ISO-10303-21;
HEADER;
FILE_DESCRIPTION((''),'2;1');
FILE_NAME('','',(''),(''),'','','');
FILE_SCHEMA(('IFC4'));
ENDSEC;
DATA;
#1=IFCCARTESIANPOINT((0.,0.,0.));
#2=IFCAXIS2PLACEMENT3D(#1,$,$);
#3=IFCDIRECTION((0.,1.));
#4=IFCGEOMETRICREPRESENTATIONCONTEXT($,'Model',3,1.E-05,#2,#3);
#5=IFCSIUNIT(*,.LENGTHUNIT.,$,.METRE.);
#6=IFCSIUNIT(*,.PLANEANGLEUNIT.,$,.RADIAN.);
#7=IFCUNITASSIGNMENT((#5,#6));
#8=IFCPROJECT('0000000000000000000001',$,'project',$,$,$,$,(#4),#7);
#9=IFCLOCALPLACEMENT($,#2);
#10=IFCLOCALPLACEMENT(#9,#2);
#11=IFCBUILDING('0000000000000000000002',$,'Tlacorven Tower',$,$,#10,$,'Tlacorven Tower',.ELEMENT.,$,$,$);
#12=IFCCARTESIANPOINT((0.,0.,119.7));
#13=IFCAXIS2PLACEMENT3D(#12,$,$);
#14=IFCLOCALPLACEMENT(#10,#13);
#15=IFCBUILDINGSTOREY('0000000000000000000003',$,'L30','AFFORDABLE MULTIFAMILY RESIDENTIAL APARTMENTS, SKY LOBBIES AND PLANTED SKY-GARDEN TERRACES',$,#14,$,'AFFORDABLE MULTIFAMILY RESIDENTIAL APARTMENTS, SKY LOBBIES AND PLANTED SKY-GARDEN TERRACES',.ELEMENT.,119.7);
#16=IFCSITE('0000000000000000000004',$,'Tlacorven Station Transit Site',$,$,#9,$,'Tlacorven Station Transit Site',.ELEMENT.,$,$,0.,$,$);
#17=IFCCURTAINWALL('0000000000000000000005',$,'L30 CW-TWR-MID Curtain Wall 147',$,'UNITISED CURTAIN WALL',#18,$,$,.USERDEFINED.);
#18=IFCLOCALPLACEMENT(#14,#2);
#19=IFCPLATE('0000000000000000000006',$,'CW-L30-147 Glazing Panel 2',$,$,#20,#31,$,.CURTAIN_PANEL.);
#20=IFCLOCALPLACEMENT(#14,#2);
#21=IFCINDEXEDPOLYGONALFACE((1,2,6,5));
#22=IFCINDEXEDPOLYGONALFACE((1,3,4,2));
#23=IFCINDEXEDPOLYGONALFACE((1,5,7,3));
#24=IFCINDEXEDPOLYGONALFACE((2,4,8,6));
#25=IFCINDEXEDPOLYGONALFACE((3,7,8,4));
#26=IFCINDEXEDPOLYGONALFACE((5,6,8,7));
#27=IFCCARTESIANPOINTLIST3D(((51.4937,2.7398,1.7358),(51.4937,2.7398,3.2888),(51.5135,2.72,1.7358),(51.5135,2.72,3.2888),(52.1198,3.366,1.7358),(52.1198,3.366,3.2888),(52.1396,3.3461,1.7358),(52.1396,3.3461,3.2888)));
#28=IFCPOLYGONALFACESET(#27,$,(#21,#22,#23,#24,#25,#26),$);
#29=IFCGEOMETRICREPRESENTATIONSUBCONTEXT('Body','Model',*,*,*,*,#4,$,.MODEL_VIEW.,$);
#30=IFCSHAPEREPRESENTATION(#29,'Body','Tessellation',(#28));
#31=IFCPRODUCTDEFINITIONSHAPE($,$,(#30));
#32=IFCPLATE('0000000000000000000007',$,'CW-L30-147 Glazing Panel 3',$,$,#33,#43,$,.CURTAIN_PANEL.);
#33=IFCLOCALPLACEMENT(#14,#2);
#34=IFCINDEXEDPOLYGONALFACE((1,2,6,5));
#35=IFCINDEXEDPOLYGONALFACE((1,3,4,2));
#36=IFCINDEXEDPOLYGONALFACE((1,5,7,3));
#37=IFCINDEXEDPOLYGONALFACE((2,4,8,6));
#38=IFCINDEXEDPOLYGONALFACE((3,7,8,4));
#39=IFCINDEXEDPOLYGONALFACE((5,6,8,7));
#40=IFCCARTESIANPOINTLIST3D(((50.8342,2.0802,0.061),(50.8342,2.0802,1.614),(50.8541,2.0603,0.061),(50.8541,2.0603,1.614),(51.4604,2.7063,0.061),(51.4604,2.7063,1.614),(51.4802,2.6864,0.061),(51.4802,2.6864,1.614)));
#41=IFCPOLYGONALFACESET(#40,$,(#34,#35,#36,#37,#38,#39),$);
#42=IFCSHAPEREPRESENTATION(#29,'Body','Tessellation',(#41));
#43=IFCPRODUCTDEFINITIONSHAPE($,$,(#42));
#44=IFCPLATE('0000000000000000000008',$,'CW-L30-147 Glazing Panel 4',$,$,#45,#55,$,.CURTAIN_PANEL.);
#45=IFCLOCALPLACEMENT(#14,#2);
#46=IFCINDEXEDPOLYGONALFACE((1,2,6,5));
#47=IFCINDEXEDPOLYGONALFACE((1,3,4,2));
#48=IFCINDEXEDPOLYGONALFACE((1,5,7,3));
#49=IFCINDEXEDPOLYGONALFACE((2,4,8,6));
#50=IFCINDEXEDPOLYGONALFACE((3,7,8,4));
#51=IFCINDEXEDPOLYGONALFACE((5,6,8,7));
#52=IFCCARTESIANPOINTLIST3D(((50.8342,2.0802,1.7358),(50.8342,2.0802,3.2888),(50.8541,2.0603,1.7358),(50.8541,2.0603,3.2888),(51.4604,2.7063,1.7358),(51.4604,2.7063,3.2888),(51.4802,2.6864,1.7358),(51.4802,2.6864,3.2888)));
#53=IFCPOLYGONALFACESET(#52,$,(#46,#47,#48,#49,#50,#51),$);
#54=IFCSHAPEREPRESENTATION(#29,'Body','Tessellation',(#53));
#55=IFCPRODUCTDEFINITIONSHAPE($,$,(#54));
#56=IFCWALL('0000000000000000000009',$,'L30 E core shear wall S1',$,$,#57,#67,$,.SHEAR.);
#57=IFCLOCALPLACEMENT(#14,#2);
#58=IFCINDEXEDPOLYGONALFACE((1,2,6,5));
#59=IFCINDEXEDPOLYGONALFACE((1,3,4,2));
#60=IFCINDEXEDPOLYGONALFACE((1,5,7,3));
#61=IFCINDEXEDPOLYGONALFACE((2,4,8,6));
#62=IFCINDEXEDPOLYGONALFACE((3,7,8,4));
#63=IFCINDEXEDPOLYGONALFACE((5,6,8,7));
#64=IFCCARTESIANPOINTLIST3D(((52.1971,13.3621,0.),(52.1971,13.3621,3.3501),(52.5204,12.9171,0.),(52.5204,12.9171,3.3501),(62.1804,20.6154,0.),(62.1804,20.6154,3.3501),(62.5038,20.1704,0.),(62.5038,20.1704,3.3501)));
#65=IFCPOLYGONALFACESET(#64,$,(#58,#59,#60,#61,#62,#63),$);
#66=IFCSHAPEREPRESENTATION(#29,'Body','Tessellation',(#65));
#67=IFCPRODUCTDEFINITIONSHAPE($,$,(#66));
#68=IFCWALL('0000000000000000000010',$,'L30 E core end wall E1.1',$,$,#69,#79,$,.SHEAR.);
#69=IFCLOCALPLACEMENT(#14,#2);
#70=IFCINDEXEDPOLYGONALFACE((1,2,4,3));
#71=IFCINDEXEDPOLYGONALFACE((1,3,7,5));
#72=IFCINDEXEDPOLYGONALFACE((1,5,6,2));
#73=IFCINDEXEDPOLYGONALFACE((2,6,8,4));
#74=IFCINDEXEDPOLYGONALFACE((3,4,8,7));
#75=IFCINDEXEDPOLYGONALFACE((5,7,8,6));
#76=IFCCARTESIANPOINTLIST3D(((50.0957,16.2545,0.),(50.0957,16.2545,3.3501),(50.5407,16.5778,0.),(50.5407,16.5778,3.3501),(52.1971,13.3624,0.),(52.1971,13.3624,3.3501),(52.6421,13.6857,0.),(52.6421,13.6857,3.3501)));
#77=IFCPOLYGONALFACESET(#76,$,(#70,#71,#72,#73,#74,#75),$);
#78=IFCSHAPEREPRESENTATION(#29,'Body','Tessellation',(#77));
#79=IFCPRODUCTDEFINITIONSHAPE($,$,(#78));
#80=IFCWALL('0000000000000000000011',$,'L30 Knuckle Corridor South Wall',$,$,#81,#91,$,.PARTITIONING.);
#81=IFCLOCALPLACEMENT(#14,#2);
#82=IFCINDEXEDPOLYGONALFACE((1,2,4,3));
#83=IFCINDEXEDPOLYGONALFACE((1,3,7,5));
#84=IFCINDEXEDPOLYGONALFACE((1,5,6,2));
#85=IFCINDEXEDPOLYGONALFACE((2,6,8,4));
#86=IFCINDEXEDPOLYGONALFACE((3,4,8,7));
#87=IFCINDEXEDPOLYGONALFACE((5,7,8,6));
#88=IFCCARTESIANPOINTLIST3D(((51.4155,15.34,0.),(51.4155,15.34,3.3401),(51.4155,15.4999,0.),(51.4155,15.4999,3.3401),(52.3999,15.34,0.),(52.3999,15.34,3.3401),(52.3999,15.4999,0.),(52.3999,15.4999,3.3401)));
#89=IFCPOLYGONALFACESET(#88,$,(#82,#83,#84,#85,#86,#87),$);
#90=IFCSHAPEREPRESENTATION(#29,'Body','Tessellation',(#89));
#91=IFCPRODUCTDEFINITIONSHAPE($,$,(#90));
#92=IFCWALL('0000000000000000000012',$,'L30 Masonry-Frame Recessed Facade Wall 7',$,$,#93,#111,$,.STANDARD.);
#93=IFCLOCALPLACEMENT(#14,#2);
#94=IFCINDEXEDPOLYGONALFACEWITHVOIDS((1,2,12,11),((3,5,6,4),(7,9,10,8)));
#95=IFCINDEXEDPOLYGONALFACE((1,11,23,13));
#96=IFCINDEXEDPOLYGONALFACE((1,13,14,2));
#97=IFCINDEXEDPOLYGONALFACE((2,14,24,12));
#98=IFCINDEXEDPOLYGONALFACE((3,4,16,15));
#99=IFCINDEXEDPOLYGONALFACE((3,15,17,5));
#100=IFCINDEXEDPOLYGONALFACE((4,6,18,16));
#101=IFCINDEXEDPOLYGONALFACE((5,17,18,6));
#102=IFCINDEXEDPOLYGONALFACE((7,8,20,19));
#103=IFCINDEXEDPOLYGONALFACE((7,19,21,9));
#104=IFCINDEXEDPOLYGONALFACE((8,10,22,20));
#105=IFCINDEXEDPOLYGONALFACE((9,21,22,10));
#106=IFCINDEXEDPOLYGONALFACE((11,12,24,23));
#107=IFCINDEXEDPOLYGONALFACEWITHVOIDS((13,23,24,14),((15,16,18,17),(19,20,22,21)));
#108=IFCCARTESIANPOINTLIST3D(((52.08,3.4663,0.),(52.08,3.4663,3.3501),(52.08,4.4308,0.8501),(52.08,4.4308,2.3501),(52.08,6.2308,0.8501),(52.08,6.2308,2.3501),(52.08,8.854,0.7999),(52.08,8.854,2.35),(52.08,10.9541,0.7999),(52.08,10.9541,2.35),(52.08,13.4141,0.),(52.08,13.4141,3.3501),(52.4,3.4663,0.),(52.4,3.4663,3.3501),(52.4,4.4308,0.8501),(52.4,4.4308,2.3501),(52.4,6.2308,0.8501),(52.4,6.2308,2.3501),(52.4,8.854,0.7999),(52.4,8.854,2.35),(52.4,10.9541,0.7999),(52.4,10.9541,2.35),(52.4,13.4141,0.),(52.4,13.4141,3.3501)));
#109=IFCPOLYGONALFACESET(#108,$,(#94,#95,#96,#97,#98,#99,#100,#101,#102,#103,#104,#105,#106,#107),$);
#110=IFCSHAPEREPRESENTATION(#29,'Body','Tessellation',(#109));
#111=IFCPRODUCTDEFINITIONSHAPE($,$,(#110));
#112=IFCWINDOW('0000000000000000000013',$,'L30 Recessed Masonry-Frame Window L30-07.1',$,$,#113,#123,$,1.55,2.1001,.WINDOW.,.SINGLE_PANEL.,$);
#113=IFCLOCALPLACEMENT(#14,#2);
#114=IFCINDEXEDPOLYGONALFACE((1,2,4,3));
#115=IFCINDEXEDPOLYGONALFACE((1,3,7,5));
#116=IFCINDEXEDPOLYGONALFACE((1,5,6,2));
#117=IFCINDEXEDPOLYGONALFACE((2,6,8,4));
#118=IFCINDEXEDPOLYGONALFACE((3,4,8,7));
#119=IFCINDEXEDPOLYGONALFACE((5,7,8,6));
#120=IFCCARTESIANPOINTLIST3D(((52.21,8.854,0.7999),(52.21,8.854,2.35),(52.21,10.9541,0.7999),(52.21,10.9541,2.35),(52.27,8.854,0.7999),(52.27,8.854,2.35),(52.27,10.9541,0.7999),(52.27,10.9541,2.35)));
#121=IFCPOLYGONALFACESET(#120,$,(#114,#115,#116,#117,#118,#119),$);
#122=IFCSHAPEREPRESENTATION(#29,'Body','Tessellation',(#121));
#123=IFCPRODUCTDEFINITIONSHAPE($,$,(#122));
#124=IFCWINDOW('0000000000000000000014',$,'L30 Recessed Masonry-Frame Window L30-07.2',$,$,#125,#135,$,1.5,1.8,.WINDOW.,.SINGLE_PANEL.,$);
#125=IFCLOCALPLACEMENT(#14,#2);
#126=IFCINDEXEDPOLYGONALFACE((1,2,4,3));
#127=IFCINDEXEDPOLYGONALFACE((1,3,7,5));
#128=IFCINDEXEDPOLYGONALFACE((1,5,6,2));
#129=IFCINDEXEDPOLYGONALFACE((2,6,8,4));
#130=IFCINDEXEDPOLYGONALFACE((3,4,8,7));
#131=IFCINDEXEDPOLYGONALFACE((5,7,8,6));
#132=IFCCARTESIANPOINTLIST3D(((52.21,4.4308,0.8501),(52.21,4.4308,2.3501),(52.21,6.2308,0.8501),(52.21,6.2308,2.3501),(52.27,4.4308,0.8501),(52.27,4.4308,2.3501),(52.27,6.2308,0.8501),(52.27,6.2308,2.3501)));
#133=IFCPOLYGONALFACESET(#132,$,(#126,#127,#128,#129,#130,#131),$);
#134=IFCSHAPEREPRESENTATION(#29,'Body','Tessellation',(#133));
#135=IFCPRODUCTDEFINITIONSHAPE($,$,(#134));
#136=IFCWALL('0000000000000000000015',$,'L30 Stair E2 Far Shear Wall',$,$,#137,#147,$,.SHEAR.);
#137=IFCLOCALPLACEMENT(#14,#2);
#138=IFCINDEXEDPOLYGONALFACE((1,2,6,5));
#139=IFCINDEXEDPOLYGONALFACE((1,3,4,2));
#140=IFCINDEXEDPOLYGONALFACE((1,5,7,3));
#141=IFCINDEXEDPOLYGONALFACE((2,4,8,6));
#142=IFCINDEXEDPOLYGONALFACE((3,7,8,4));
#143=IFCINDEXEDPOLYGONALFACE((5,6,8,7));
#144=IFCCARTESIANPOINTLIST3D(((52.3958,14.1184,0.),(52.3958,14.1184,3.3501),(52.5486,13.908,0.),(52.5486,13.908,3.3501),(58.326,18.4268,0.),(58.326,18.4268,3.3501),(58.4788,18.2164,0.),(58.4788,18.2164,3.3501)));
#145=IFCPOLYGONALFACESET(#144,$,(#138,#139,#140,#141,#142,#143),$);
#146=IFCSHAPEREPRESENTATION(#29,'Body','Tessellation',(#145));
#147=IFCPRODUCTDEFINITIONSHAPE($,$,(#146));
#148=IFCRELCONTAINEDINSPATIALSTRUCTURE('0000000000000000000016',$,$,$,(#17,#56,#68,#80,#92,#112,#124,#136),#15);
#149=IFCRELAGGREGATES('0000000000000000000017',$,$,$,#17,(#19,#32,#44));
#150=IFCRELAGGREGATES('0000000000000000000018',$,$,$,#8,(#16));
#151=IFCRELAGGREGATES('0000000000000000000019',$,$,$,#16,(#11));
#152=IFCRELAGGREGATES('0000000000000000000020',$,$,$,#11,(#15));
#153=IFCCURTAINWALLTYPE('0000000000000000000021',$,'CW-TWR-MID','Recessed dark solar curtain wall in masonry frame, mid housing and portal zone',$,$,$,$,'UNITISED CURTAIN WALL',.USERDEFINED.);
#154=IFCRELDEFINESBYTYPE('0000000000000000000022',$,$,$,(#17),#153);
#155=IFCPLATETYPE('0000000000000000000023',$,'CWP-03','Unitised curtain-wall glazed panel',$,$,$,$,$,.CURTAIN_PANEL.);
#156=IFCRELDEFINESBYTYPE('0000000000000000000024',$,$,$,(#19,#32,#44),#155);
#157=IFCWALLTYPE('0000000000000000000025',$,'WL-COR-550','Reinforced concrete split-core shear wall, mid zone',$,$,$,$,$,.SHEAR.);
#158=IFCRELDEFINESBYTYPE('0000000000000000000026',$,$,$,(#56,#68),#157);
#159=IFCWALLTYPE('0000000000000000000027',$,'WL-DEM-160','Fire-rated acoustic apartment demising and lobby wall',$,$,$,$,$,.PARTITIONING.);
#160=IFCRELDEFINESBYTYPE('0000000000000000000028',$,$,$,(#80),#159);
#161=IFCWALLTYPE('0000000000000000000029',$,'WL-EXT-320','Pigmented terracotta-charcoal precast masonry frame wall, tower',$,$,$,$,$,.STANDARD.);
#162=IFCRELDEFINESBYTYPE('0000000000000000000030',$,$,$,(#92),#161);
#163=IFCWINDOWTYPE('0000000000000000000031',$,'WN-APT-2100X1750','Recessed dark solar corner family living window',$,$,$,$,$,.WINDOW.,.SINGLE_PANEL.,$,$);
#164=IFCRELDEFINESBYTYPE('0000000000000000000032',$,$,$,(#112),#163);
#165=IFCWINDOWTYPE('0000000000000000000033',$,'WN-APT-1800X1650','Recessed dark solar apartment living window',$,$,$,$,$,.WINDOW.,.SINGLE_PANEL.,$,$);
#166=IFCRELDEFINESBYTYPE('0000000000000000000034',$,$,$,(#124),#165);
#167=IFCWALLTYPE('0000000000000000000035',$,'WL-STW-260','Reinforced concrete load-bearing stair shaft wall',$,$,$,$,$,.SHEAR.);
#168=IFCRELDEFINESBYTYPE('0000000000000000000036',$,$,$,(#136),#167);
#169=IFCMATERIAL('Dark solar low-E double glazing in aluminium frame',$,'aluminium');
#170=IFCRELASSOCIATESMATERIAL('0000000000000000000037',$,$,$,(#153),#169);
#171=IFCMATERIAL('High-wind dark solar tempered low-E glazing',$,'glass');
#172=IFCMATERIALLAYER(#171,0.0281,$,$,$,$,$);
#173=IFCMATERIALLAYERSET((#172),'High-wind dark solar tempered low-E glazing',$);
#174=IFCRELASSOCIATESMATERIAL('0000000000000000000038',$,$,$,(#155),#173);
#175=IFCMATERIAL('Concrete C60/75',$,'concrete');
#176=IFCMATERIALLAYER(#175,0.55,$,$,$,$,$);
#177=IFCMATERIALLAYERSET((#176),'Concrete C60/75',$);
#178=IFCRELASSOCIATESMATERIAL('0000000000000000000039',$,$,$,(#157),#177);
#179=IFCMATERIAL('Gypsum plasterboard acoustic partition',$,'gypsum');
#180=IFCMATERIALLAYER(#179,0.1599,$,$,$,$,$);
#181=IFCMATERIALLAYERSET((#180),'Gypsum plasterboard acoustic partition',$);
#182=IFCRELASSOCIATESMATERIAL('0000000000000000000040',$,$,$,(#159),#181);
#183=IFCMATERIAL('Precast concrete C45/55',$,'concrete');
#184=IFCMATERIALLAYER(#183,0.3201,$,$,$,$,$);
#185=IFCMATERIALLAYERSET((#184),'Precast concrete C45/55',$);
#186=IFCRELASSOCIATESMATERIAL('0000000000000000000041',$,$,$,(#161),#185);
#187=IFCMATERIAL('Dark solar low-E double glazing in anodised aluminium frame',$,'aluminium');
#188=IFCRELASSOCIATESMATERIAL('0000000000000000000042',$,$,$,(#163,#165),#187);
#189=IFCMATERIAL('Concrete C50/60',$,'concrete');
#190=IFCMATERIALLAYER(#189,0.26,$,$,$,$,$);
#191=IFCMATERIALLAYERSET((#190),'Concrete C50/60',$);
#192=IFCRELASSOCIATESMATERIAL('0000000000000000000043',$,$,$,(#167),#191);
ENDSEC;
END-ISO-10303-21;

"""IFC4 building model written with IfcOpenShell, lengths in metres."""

from ifc_helpers import new_model, si_unit, direction, frame, frame_2d, origin, origin_2d, place, context, subcontext, project, spatial, rectangle, extrude, source, transform, mapped, material, layer, layer_set, type_object, element, fill, aggregate, save


model = new_model("IFC4")

# Units and contexts
model_context = context("Model", 3, precision=1e-05, world=origin(), true_north=direction((0.0, 1.0)))
body_context = subcontext(model_context, "Body", "Model", "MODEL_VIEW")
ifc_project = project(units=[si_unit("LENGTHUNIT", "METRE"), si_unit("PLANEANGLEUNIT", "RADIAN")], contexts=[model_context])

# Site, building, storey
site_placement = place(None, origin())
site = spatial("IfcSite", under=ifc_project, at=site_placement, Name="Tlacorven Station Transit Site", LongName="Tlacorven Station Transit Site", CompositionType="ELEMENT", RefElevation=0.0)
building_placement = place(site_placement, origin())
building = spatial("IfcBuilding", under=site, at=building_placement, Name="Tlacorven Tower", LongName="Tlacorven Tower", CompositionType="ELEMENT")
storey_placement = place(building_placement, frame((0.0, 0.0, 119.7)))
storey = spatial("IfcBuildingStorey", under=building, at=storey_placement, Name="L30", Description="AFFORDABLE MULTIFAMILY RESIDENTIAL APARTMENTS, SKY LOBBIES AND PLANTED SKY-GARDEN TERRACES", LongName="AFFORDABLE MULTIFAMILY RESIDENTIAL APARTMENTS, SKY LOBBIES AND PLANTED SKY-GARDEN TERRACES", CompositionType="ELEMENT", Elevation=119.7)

# Curtain wall, plates
ifc_material_1 = material(Name="Dark solar low-E double glazing in aluminium frame", Category="aluminium")
curtain_wall_type = type_object("IfcCurtainWallType", Name="CW-TWR-MID", Description="Recessed dark solar curtain wall in masonry frame, mid housing and portal zone", ElementType="UNITISED CURTAIN WALL", PredefinedType="USERDEFINED", material=ifc_material_1)
curtain_wall_placement = place(storey_placement, origin())
curtain_wall = element("IfcCurtainWall", 1, at=curtain_wall_placement, inside=storey, type_object=curtain_wall_type, Name="L30 CW-TWR-MID Curtain Wall 147", ObjectType="UNITISED CURTAIN WALL", PredefinedType="USERDEFINED")
ifc_material_2 = material(Name="High-wind dark solar tempered low-E glazing", Category="glass")
ifc_layer_1 = layer(ifc_material_2, 0.0281)
ifc_layer_set_1 = layer_set([ifc_layer_1], Name="High-wind dark solar tempered low-E glazing")
plate_type = type_object("IfcPlateType", Name="CWP-03", Description="Unitised curtain-wall glazed panel", PredefinedType="CURTAIN_PANEL", material=ifc_layer_set_1)
shared_shape_1 = source(origin(), body_context, "Body", "SweptSolid", [
    extrude(rectangle(XDim=0.8855, YDim=0.0281, at=origin_2d()), origin(), (0.0, 0.0, 1.0), 1.553),
])
plate_1_placement = place(storey_placement, frame((51.8167, 3.043, 1.7358), z_axis=(0.0, 0.0, 1.0), x_axis=(-0.707107, -0.707107, 0.0)))
plate_1 = element("IfcPlate", 2, at=plate_1_placement, type_object=plate_type, Name="CW-L30-147 Glazing Panel 2", PredefinedType="CURTAIN_PANEL", context=body_context, shape_type="MappedRepresentation", body=[
    mapped(shared_shape_1, transform((0.0, 0.0, 0.0), scale=1.0)),
])
plate_2_placement = place(storey_placement, frame((51.1572, 2.3833, 0.061), z_axis=(0.0, 0.0, 1.0), x_axis=(-0.707107, -0.707107, 0.0)))
plate_2 = element("IfcPlate", 3, at=plate_2_placement, type_object=plate_type, Name="CW-L30-147 Glazing Panel 3", PredefinedType="CURTAIN_PANEL", context=body_context, shape_type="MappedRepresentation", body=[
    mapped(shared_shape_1, transform((0.0, 0.0, 0.0), scale=1.0)),
])
plate_3_placement = place(storey_placement, frame((51.1572, 2.3833, 1.7358), z_axis=(0.0, 0.0, 1.0), x_axis=(-0.707107, -0.707107, 0.0)))
plate_3 = element("IfcPlate", 4, at=plate_3_placement, type_object=plate_type, Name="CW-L30-147 Glazing Panel 4", PredefinedType="CURTAIN_PANEL", context=body_context, shape_type="MappedRepresentation", body=[
    mapped(shared_shape_1, transform((0.0, 0.0, 0.0), scale=1.0)),
])
aggregate(curtain_wall, [plate_1, plate_2, plate_3])

# Walls
ifc_material_3 = material(Name="Concrete C60/75", Category="concrete")
ifc_layer_2 = layer(ifc_material_3, 0.55)
ifc_layer_set_2 = layer_set([ifc_layer_2], Name="Concrete C60/75")
wall_type_1 = type_object("IfcWallType", Name="WL-COR-550", Description="Reinforced concrete split-core shear wall, mid zone", PredefinedType="SHEAR", material=ifc_layer_set_2)
wall_1_placement = place(storey_placement, frame((52.3589, 13.1396, 0.0), z_axis=(0.0, 0.0, 1.0), x_axis=(0.809015, 0.587788, 0.0)))
element("IfcWall", 5, at=wall_1_placement, inside=storey, type_object=wall_type_1, Name="L30 E core shear wall S1", PredefinedType="SHEAR", context=body_context, shape_type="SweptSolid", body=[
    extrude(rectangle(XDim=12.3401, YDim=0.55, at=frame_2d((6.1699, 0.0))), origin(), (0.0, 0.0, 1.0), 3.3501),
])
wall_2_placement = place(storey_placement, frame((52.4197, 13.5239, 0.0), z_axis=(0.0, 0.0, 1.0), x_axis=(-0.587802, 0.809005, 0.0)))
element("IfcWall", 6, at=wall_2_placement, inside=storey, type_object=wall_type_1, Name="L30 E core end wall E1.1", PredefinedType="SHEAR", context=body_context, shape_type="SweptSolid", body=[
    extrude(rectangle(XDim=3.575, YDim=0.55, at=frame_2d((1.7876, 0.0))), origin(), (0.0, 0.0, 1.0), 3.3501),
])
ifc_material_4 = material(Name="Gypsum plasterboard acoustic partition", Category="gypsum")
ifc_layer_3 = layer(ifc_material_4, 0.1599)
ifc_layer_set_3 = layer_set([ifc_layer_3], Name="Gypsum plasterboard acoustic partition")
wall_type_2 = type_object("IfcWallType", Name="WL-DEM-160", Description="Fire-rated acoustic apartment demising and lobby wall", PredefinedType="PARTITIONING", material=ifc_layer_set_3)
wall_3_placement = place(storey_placement, frame((51.4155, 15.4199, 0.0), z_axis=(0.0, 0.0, 1.0), x_axis=(1.0, 0.0, 0.0)))
element("IfcWall", 7, at=wall_3_placement, inside=storey, type_object=wall_type_2, Name="L30 Knuckle Corridor South Wall", PredefinedType="PARTITIONING", context=body_context, shape_type="SweptSolid", body=[
    extrude(rectangle(XDim=0.9844, YDim=0.1599, at=frame_2d((0.4922, 0.0))), origin(), (0.0, 0.0, 1.0), 3.3401),
])

# Wall, openings, windows
ifc_material_5 = material(Name="Precast concrete C45/55", Category="concrete")
ifc_layer_4 = layer(ifc_material_5, 0.3201)
ifc_layer_set_4 = layer_set([ifc_layer_4], Name="Precast concrete C45/55")
wall_type_3 = type_object("IfcWallType", Name="WL-EXT-320", Description="Pigmented terracotta-charcoal precast masonry frame wall, tower", PredefinedType="STANDARD", material=ifc_layer_set_4)
wall_4_placement = place(storey_placement, frame((52.24, 13.4141, 0.0), z_axis=(0.0, 0.0, 1.0), x_axis=(0.0, -1.0, 0.0)))
wall_4 = element("IfcWall", 8, at=wall_4_placement, inside=storey, type_object=wall_type_3, Name="L30 Masonry-Frame Recessed Facade Wall 7", PredefinedType="STANDARD", context=body_context, shape_type="SweptSolid", body=[
    extrude(rectangle(XDim=9.9478, YDim=0.3201, at=frame_2d((4.9739, 0.0))), origin(), (0.0, 0.0, 1.0), 3.3501),
])
opening_1_placement = place(wall_4_placement, frame((2.46, 0.0, 0.8)))
opening_1 = element("IfcOpeningElement", 9, at=opening_1_placement, cuts=wall_4, PredefinedType="OPENING", context=body_context, shape_type="SweptSolid", body=[
    extrude(rectangle(XDim=2.1001, YDim=1.55, at=frame_2d((1.05, 0.7749))), frame((0.0, 0.1699, 0.0), z_axis=(0.0, -1.0, 0.0), x_axis=(1.0, 0.0, 0.0)), (0.0, 0.0, 1.0), 0.3401),
])
opening_2_placement = place(wall_4_placement, frame((7.1833, 0.0, 0.8501)))
opening_2 = element("IfcOpeningElement", 10, at=opening_2_placement, cuts=wall_4, PredefinedType="OPENING", context=body_context, shape_type="SweptSolid", body=[
    extrude(rectangle(XDim=1.8, YDim=1.5, at=frame_2d((0.8999, 0.75))), frame((0.0, 0.1699, 0.0), z_axis=(0.0, -1.0, 0.0), x_axis=(1.0, 0.0, 0.0)), (0.0, 0.0, 1.0), 0.3401),
])
ifc_material_6 = material(Name="Dark solar low-E double glazing in anodised aluminium frame", Category="aluminium")
window_type_1 = type_object("IfcWindowType", Name="WN-APT-2100X1750", Description="Recessed dark solar corner family living window", PartitioningType="SINGLE_PANEL", PredefinedType="WINDOW", material=ifc_material_6)
shared_shape_2 = source(origin(), body_context, "Body", "SweptSolid", [
    extrude(rectangle(XDim=2.1001, YDim=1.55, at=frame_2d((1.05, 0.7749))), frame((0.0, 0.03, 0.0), z_axis=(0.0, -1.0, 0.0), x_axis=(1.0, 0.0, 0.0)), (0.0, 0.0, 1.0), 0.0601),
])
window_1_placement = place(opening_1_placement, origin())
window_1 = element("IfcWindow", 11, at=window_1_placement, inside=storey, type_object=window_type_1, Name="L30 Recessed Masonry-Frame Window L30-07.1", OverallHeight=1.55, OverallWidth=2.1001, PartitioningType="SINGLE_PANEL", PredefinedType="WINDOW", context=body_context, shape_type="MappedRepresentation", body=[
    mapped(shared_shape_2, transform((0.0, 0.0, 0.0), scale=1.0)),
])
fill(opening_1, window_1)
window_type_2 = type_object("IfcWindowType", Name="WN-APT-1800X1650", Description="Recessed dark solar apartment living window", PartitioningType="SINGLE_PANEL", PredefinedType="WINDOW", material=ifc_material_6)
shared_shape_3 = source(origin(), body_context, "Body", "SweptSolid", [
    extrude(rectangle(XDim=1.8, YDim=1.5, at=frame_2d((0.8999, 0.75))), frame((0.0, 0.03, 0.0), z_axis=(0.0, -1.0, 0.0), x_axis=(1.0, 0.0, 0.0)), (0.0, 0.0, 1.0), 0.0601),
])
window_2_placement = place(opening_2_placement, origin())
window_2 = element("IfcWindow", 12, at=window_2_placement, inside=storey, type_object=window_type_2, Name="L30 Recessed Masonry-Frame Window L30-07.2", OverallHeight=1.5, OverallWidth=1.8, PartitioningType="SINGLE_PANEL", PredefinedType="WINDOW", context=body_context, shape_type="MappedRepresentation", body=[
    mapped(shared_shape_3, transform((0.0, 0.0, 0.0), scale=1.0)),
])
fill(opening_2, window_2)

# Wall
ifc_material_7 = material(Name="Concrete C50/60", Category="concrete")
ifc_layer_5 = layer(ifc_material_7, 0.26)
ifc_layer_set_5 = layer_set([ifc_layer_5], Name="Concrete C50/60")
wall_type_4 = type_object("IfcWallType", Name="WL-STW-260", Description="Reinforced concrete load-bearing stair shaft wall", PredefinedType="SHEAR", material=ifc_layer_set_5)
wall_5_placement = place(storey_placement, frame((52.4722, 14.0132, 0.0), z_axis=(0.0, 0.0, 1.0), x_axis=(0.809028, 0.58777, 0.0)))
element("IfcWall", 13, at=wall_5_placement, inside=storey, type_object=wall_type_4, Name="L30 Stair E2 Far Shear Wall", PredefinedType="SHEAR", context=body_context, shape_type="SweptSolid", body=[
    extrude(rectangle(XDim=7.3301, YDim=0.26, at=frame_2d((3.665, 0.0))), origin(), (0.0, 0.0, 1.0), 3.3501),
])

save(model, "model.ifc")
